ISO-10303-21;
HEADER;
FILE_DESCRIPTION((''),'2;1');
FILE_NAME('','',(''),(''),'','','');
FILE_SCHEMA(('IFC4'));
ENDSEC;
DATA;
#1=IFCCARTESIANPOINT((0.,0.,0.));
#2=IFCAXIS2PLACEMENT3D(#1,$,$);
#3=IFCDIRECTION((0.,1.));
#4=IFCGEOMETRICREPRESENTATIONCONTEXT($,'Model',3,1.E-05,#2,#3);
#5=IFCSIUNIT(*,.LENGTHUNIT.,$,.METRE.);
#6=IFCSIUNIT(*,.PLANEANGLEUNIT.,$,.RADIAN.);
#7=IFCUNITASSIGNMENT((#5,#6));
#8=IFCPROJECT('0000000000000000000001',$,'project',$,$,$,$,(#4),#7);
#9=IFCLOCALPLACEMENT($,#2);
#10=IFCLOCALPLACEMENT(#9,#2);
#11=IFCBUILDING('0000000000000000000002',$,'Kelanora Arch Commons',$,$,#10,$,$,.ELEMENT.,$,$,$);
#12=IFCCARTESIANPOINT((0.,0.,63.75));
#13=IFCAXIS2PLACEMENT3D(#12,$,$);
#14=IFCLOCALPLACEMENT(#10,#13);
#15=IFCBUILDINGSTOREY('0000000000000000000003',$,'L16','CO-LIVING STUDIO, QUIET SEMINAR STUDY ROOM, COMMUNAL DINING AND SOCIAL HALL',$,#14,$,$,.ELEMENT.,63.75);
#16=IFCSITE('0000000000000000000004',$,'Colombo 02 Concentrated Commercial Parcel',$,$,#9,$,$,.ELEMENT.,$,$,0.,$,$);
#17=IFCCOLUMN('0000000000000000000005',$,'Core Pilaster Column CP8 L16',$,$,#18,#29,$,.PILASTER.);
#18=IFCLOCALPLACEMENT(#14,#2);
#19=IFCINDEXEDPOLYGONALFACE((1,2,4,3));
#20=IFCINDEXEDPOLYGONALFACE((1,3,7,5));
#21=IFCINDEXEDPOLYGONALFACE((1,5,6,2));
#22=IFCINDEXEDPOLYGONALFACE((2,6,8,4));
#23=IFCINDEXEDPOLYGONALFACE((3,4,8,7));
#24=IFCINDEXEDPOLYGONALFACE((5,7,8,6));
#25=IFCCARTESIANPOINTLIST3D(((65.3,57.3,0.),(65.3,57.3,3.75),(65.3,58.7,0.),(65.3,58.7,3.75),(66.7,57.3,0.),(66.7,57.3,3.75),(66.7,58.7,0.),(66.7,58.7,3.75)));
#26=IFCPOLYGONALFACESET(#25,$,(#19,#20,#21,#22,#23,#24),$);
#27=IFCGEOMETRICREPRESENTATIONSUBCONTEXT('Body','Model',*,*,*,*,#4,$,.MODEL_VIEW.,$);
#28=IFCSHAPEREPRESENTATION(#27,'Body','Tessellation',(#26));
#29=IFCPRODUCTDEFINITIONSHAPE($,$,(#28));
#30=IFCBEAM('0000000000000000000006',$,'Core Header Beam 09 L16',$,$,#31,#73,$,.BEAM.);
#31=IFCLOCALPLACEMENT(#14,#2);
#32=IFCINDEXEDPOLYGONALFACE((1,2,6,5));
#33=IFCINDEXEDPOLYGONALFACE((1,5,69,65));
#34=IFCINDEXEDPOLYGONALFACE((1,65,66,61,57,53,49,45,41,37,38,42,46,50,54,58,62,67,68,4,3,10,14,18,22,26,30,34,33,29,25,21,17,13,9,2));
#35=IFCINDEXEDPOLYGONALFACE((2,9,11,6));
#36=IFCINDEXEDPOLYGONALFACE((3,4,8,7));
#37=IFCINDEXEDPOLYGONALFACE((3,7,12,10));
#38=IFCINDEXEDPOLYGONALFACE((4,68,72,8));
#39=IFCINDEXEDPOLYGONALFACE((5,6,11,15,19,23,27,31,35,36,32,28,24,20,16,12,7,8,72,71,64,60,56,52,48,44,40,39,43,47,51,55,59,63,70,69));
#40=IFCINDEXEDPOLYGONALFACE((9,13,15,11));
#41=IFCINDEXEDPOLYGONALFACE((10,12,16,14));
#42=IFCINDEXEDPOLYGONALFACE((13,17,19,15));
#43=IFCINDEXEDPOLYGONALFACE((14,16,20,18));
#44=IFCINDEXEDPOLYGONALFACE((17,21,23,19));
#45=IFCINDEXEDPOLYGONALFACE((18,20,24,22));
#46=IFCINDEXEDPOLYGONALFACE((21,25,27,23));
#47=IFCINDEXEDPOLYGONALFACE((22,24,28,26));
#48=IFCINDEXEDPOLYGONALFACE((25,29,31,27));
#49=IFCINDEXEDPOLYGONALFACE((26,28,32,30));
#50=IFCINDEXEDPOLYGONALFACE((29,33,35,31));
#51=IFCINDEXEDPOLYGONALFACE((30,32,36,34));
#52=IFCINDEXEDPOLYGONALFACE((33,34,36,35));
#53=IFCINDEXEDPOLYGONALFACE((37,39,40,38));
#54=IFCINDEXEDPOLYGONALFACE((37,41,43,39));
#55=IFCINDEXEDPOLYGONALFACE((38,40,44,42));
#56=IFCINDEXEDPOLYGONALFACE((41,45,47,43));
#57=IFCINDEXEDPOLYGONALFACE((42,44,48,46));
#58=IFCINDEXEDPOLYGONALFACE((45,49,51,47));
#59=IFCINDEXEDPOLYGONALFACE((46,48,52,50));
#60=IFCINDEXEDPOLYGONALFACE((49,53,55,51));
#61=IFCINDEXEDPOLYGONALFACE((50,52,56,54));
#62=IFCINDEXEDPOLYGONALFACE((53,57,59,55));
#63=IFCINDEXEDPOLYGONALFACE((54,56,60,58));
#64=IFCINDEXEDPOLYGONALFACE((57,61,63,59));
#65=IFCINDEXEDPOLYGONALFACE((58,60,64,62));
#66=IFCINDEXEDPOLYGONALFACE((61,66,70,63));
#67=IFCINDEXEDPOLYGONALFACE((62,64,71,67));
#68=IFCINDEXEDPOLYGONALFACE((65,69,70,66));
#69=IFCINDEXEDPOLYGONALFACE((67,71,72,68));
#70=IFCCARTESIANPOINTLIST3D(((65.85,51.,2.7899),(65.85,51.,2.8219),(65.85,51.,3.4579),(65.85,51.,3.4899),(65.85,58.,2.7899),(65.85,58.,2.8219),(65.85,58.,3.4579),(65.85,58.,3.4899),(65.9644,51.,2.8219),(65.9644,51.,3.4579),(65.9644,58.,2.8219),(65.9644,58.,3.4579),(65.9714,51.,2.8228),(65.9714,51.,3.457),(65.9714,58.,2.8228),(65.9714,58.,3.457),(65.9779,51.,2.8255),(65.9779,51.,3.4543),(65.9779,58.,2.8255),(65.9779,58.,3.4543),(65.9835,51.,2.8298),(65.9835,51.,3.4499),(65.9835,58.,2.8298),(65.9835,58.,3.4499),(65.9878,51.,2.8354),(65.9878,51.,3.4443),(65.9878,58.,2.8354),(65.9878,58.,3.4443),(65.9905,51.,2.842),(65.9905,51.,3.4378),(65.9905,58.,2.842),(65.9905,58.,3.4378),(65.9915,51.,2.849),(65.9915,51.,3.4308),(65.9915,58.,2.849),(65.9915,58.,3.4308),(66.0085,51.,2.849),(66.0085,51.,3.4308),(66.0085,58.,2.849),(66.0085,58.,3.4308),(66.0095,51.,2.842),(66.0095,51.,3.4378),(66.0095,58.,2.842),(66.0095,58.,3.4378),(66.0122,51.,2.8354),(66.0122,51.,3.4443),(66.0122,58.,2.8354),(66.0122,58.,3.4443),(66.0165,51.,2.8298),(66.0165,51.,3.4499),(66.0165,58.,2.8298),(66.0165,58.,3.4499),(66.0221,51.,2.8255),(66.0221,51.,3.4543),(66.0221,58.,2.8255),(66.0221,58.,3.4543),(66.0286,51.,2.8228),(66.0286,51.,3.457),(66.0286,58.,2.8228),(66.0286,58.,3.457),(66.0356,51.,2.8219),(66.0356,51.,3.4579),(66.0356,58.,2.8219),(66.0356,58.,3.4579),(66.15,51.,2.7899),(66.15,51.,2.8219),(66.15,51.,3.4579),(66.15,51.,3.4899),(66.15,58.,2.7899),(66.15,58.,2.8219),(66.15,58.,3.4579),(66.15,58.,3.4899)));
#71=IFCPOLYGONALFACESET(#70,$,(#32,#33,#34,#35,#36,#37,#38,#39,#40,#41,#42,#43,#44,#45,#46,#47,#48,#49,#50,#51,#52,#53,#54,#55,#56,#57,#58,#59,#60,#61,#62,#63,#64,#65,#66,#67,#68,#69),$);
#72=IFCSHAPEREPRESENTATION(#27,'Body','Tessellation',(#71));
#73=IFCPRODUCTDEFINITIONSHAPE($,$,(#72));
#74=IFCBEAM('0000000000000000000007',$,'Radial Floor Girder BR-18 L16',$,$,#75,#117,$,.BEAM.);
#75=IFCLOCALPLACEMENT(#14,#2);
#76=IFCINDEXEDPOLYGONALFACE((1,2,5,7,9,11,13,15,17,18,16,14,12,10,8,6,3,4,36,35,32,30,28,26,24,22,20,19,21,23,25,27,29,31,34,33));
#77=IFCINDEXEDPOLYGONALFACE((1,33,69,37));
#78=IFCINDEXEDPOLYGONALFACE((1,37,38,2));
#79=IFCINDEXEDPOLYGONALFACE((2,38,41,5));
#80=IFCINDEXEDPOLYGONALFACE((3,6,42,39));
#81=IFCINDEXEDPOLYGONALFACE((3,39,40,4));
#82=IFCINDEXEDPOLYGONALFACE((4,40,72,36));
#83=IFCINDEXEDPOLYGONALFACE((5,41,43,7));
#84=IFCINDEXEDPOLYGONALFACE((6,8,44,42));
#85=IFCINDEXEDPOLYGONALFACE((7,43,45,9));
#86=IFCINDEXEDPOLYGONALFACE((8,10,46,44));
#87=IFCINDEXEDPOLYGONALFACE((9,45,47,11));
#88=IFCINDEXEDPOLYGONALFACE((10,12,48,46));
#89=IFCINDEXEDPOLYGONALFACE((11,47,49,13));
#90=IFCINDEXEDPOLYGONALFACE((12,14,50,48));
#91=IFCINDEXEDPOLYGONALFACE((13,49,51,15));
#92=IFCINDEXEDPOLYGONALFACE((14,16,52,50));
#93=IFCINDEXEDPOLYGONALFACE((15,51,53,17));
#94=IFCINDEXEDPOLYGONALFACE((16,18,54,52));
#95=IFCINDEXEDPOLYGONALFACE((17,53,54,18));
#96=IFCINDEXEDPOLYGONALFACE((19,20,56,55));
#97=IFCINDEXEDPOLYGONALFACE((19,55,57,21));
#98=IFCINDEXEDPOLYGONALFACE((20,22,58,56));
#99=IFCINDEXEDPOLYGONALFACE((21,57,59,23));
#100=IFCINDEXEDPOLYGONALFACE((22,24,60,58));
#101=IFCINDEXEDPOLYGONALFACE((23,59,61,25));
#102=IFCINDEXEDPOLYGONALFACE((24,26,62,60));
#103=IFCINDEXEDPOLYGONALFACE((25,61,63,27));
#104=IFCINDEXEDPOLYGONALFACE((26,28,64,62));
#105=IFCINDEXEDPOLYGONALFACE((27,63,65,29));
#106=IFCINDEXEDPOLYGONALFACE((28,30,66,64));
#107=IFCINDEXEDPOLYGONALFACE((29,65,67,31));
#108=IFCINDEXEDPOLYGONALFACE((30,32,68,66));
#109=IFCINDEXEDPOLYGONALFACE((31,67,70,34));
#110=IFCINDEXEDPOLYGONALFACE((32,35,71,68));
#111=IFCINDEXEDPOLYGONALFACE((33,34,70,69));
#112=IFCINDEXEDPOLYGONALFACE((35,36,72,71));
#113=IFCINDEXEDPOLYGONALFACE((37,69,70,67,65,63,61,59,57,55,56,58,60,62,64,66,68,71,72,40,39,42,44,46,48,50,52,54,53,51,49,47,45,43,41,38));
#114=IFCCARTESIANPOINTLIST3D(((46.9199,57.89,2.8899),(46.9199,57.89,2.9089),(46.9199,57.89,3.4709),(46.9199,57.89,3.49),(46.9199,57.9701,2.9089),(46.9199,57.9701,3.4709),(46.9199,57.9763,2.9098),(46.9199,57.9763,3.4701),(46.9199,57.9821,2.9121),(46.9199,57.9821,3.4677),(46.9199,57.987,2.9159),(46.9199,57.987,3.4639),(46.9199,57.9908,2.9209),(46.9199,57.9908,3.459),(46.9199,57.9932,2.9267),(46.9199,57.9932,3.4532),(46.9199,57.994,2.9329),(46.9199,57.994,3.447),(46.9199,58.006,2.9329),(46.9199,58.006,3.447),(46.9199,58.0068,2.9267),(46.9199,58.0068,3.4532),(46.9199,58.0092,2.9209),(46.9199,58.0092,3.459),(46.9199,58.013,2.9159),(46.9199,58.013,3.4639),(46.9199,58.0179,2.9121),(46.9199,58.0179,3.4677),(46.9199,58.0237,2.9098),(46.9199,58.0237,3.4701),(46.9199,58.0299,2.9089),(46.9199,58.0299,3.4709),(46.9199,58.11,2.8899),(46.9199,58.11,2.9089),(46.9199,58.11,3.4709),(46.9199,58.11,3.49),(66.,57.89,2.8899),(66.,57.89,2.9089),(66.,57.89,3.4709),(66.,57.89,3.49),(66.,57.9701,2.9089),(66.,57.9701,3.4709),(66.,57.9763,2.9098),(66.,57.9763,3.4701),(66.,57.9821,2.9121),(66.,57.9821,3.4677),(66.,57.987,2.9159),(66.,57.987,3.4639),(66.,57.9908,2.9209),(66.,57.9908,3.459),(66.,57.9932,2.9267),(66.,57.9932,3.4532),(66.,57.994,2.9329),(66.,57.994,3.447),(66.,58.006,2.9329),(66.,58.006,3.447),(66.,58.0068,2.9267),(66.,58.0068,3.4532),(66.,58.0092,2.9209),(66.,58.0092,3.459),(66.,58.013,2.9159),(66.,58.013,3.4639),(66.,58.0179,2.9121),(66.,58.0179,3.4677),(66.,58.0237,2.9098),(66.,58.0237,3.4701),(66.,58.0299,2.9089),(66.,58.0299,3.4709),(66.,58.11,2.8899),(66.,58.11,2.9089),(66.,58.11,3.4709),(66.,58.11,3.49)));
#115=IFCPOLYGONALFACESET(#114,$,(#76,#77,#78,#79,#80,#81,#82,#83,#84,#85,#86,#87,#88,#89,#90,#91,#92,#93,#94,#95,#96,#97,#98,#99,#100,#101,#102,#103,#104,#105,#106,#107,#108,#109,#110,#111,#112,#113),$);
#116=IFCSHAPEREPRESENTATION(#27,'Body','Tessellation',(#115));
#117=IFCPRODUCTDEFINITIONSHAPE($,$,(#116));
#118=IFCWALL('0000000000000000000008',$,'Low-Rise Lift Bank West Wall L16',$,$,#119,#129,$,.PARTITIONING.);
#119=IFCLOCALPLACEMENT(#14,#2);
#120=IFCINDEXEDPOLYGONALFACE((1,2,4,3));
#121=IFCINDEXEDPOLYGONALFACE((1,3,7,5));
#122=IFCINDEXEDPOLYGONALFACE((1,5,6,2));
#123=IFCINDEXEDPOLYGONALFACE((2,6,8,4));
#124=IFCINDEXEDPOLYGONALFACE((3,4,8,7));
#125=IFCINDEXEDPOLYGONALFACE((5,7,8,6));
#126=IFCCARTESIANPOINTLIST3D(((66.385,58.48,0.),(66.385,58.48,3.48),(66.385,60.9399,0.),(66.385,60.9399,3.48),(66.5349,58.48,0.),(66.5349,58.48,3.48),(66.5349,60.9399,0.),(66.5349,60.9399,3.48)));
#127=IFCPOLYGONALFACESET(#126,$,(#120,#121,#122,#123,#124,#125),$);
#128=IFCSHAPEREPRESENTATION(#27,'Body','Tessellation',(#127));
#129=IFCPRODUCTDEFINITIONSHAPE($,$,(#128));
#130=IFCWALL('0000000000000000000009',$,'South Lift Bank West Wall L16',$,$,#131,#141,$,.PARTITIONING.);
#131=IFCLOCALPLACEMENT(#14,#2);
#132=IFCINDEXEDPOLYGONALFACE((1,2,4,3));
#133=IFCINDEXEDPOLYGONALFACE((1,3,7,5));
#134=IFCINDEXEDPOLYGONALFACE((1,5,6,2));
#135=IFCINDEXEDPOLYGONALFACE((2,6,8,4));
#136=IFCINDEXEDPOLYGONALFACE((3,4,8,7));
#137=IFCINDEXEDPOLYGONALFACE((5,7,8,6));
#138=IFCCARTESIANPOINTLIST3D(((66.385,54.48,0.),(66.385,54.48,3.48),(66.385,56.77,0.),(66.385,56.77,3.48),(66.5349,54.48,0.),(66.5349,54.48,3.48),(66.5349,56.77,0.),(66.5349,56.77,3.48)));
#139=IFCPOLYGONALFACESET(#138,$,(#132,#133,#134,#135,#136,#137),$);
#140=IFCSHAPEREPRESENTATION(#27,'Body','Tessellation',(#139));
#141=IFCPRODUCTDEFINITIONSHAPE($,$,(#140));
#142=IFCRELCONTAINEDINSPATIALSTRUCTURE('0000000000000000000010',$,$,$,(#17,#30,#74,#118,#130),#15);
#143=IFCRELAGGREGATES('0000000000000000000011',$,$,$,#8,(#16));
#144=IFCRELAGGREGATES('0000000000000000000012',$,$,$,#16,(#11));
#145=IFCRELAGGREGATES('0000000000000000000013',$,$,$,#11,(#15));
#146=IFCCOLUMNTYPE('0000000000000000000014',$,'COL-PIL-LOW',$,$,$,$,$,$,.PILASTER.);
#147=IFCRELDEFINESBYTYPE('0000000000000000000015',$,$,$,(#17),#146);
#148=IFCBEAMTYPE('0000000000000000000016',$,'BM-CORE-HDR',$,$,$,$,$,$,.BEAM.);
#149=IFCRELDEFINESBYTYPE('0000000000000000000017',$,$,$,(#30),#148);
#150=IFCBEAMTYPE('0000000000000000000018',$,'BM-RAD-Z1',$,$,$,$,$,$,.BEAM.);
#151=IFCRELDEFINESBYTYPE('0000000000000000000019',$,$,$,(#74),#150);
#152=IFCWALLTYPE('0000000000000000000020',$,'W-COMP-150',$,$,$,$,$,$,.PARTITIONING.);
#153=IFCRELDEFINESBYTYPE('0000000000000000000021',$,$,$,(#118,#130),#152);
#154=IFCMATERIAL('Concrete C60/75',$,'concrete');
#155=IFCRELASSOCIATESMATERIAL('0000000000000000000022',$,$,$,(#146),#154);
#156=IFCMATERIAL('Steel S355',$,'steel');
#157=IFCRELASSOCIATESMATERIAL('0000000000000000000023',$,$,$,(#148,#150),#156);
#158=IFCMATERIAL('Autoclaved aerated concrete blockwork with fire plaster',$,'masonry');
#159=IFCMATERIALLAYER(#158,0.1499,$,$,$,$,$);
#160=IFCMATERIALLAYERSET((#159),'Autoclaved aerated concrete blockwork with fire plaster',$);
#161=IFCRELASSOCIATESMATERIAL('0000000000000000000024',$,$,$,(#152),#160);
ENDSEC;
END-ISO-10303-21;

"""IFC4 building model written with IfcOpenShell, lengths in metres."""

from ifc_helpers import new_model, si_unit, direction, frame, frame_2d, origin, origin_2d, place, context, subcontext, project, spatial, rectangle, i_section, extrude, material, layer, layer_set, material_profile, profile_set, type_object, element, save


model = new_model("IFC4")

# Units and contexts
model_context = context("Model", 3, precision=1e-05, world=origin(), true_north=direction((0.0, 1.0)))
body_context = subcontext(model_context, "Body", "Model", "MODEL_VIEW")
ifc_project = project(units=[si_unit("LENGTHUNIT", "METRE"), si_unit("PLANEANGLEUNIT", "RADIAN")], contexts=[model_context])

# Site, building, storey
site_placement = place(None, origin())
site = spatial("IfcSite", under=ifc_project, at=site_placement, Name="Colombo 02 Concentrated Commercial Parcel", CompositionType="ELEMENT", RefElevation=0.0)
building_placement = place(site_placement, origin())
building = spatial("IfcBuilding", under=site, at=building_placement, Name="Kelanora Arch Commons", CompositionType="ELEMENT")
storey_placement = place(building_placement, frame((0.0, 0.0, 63.75)))
storey = spatial("IfcBuildingStorey", under=building, at=storey_placement, Name="L16", Description="CO-LIVING STUDIO, QUIET SEMINAR STUDY ROOM, COMMUNAL DINING AND SOCIAL HALL", CompositionType="ELEMENT", Elevation=63.75)

# Column
ifc_material_1 = material(Name="Concrete C60/75", Category="concrete")
ifc_material_profile_1 = material_profile(ifc_material_1, rectangle(XDim=1.3999, YDim=1.3999, at=origin_2d()), Name="RC1400x1400")
ifc_profile_set_1 = profile_set([ifc_material_profile_1], Name="Concrete C60/75")
column_type = type_object("IfcColumnType", Name="COL-PIL-LOW", PredefinedType="PILASTER", material=ifc_profile_set_1)
column_placement = place(storey_placement, frame((66.0, 58.0, 0.0), z_axis=(0.0, 0.0, 1.0), x_axis=(1.0, 0.0, 0.0)))
element("IfcColumn", 1, at=column_placement, inside=storey, type_object=column_type, Name="Core Pilaster Column CP8 L16", PredefinedType="PILASTER", context=body_context, shape_type="SweptSolid", body=[
    extrude(rectangle(XDim=1.3999, YDim=1.3999, at=origin_2d()), origin(), (0.0, 0.0, 1.0), 3.75),
])

# Beams
ifc_material_2 = material(Name="Steel S355", Category="steel")
ifc_material_profile_2 = material_profile(ifc_material_2, i_section(OverallWidth=0.3, OverallDepth=0.7, WebThickness=0.0171, FlangeThickness=0.032, FilletRadius=0.0271, at=origin_2d()), Name="HEB700")
ifc_profile_set_2 = profile_set([ifc_material_profile_2], Name="Steel S355")
beam_type_1 = type_object("IfcBeamType", Name="BM-CORE-HDR", PredefinedType="BEAM", material=ifc_profile_set_2)
beam_1_placement = place(storey_placement, frame((66.0, 58.0, 3.1399), z_axis=(0.0, -1.0, 0.0), x_axis=(1.0, 0.0, 0.0)))
element("IfcBeam", 2, at=beam_1_placement, inside=storey, type_object=beam_type_1, Name="Core Header Beam 09 L16", PredefinedType="BEAM", context=body_context, shape_type="SweptSolid", body=[
    extrude(i_section(OverallWidth=0.3, OverallDepth=0.7, WebThickness=0.0171, FlangeThickness=0.032, FilletRadius=0.0271, at=origin_2d()), origin(), (0.0, 0.0, 1.0), 7.0),
])
ifc_material_profile_3 = material_profile(ifc_material_2, i_section(OverallWidth=0.22, OverallDepth=0.6001, WebThickness=0.012, FlangeThickness=0.019, FilletRadius=0.0239, at=origin_2d()), Name="IPE600")
ifc_profile_set_3 = profile_set([ifc_material_profile_3], Name="Steel S355")
beam_type_2 = type_object("IfcBeamType", Name="BM-RAD-Z1", PredefinedType="BEAM", material=ifc_profile_set_3)
beam_2_placement = place(storey_placement, frame((66.0, 58.0, 3.1899), z_axis=(-1.0, 0.0, 0.0), x_axis=(0.0, -1.0, 0.0)))
element("IfcBeam", 3, at=beam_2_placement, inside=storey, type_object=beam_type_2, Name="Radial Floor Girder BR-18 L16", PredefinedType="BEAM", context=body_context, shape_type="SweptSolid", body=[
    extrude(i_section(OverallWidth=0.22, OverallDepth=0.6001, WebThickness=0.012, FlangeThickness=0.019, FilletRadius=0.0239, at=origin_2d()), origin(), (0.0, 0.0, 1.0), 19.0801),
])

# Walls
ifc_material_3 = material(Name="Autoclaved aerated concrete blockwork with fire plaster", Category="masonry")
ifc_layer_1 = layer(ifc_material_3, 0.1499)
ifc_layer_set_1 = layer_set([ifc_layer_1], Name="Autoclaved aerated concrete blockwork with fire plaster")
wall_type_1 = type_object("IfcWallType", Name="W-COMP-150", PredefinedType="PARTITIONING", material=ifc_layer_set_1)
wall_1_placement = place(storey_placement, frame((66.46, 58.48, 0.0), z_axis=(0.0, 0.0, 1.0), x_axis=(0.0, 1.0, 0.0)))
element("IfcWall", 4, at=wall_1_placement, inside=storey, type_object=wall_type_1, Name="Low-Rise Lift Bank West Wall L16", PredefinedType="PARTITIONING", context=body_context, shape_type="SweptSolid", body=[
    extrude(rectangle(XDim=2.46, YDim=0.1499, at=frame_2d((1.23, 0.0))), origin(), (0.0, 0.0, 1.0), 3.48),
])
wall_2_placement = place(storey_placement, frame((66.46, 54.48, 0.0), z_axis=(0.0, 0.0, 1.0), x_axis=(0.0, 1.0, 0.0)))
element("IfcWall", 5, at=wall_2_placement, inside=storey, type_object=wall_type_1, Name="South Lift Bank West Wall L16", PredefinedType="PARTITIONING", context=body_context, shape_type="SweptSolid", body=[
    extrude(rectangle(XDim=2.29, YDim=0.1499, at=frame_2d((1.145, 0.0))), origin(), (0.0, 0.0, 1.0), 3.48),
])

save(model, "model.ifc")
